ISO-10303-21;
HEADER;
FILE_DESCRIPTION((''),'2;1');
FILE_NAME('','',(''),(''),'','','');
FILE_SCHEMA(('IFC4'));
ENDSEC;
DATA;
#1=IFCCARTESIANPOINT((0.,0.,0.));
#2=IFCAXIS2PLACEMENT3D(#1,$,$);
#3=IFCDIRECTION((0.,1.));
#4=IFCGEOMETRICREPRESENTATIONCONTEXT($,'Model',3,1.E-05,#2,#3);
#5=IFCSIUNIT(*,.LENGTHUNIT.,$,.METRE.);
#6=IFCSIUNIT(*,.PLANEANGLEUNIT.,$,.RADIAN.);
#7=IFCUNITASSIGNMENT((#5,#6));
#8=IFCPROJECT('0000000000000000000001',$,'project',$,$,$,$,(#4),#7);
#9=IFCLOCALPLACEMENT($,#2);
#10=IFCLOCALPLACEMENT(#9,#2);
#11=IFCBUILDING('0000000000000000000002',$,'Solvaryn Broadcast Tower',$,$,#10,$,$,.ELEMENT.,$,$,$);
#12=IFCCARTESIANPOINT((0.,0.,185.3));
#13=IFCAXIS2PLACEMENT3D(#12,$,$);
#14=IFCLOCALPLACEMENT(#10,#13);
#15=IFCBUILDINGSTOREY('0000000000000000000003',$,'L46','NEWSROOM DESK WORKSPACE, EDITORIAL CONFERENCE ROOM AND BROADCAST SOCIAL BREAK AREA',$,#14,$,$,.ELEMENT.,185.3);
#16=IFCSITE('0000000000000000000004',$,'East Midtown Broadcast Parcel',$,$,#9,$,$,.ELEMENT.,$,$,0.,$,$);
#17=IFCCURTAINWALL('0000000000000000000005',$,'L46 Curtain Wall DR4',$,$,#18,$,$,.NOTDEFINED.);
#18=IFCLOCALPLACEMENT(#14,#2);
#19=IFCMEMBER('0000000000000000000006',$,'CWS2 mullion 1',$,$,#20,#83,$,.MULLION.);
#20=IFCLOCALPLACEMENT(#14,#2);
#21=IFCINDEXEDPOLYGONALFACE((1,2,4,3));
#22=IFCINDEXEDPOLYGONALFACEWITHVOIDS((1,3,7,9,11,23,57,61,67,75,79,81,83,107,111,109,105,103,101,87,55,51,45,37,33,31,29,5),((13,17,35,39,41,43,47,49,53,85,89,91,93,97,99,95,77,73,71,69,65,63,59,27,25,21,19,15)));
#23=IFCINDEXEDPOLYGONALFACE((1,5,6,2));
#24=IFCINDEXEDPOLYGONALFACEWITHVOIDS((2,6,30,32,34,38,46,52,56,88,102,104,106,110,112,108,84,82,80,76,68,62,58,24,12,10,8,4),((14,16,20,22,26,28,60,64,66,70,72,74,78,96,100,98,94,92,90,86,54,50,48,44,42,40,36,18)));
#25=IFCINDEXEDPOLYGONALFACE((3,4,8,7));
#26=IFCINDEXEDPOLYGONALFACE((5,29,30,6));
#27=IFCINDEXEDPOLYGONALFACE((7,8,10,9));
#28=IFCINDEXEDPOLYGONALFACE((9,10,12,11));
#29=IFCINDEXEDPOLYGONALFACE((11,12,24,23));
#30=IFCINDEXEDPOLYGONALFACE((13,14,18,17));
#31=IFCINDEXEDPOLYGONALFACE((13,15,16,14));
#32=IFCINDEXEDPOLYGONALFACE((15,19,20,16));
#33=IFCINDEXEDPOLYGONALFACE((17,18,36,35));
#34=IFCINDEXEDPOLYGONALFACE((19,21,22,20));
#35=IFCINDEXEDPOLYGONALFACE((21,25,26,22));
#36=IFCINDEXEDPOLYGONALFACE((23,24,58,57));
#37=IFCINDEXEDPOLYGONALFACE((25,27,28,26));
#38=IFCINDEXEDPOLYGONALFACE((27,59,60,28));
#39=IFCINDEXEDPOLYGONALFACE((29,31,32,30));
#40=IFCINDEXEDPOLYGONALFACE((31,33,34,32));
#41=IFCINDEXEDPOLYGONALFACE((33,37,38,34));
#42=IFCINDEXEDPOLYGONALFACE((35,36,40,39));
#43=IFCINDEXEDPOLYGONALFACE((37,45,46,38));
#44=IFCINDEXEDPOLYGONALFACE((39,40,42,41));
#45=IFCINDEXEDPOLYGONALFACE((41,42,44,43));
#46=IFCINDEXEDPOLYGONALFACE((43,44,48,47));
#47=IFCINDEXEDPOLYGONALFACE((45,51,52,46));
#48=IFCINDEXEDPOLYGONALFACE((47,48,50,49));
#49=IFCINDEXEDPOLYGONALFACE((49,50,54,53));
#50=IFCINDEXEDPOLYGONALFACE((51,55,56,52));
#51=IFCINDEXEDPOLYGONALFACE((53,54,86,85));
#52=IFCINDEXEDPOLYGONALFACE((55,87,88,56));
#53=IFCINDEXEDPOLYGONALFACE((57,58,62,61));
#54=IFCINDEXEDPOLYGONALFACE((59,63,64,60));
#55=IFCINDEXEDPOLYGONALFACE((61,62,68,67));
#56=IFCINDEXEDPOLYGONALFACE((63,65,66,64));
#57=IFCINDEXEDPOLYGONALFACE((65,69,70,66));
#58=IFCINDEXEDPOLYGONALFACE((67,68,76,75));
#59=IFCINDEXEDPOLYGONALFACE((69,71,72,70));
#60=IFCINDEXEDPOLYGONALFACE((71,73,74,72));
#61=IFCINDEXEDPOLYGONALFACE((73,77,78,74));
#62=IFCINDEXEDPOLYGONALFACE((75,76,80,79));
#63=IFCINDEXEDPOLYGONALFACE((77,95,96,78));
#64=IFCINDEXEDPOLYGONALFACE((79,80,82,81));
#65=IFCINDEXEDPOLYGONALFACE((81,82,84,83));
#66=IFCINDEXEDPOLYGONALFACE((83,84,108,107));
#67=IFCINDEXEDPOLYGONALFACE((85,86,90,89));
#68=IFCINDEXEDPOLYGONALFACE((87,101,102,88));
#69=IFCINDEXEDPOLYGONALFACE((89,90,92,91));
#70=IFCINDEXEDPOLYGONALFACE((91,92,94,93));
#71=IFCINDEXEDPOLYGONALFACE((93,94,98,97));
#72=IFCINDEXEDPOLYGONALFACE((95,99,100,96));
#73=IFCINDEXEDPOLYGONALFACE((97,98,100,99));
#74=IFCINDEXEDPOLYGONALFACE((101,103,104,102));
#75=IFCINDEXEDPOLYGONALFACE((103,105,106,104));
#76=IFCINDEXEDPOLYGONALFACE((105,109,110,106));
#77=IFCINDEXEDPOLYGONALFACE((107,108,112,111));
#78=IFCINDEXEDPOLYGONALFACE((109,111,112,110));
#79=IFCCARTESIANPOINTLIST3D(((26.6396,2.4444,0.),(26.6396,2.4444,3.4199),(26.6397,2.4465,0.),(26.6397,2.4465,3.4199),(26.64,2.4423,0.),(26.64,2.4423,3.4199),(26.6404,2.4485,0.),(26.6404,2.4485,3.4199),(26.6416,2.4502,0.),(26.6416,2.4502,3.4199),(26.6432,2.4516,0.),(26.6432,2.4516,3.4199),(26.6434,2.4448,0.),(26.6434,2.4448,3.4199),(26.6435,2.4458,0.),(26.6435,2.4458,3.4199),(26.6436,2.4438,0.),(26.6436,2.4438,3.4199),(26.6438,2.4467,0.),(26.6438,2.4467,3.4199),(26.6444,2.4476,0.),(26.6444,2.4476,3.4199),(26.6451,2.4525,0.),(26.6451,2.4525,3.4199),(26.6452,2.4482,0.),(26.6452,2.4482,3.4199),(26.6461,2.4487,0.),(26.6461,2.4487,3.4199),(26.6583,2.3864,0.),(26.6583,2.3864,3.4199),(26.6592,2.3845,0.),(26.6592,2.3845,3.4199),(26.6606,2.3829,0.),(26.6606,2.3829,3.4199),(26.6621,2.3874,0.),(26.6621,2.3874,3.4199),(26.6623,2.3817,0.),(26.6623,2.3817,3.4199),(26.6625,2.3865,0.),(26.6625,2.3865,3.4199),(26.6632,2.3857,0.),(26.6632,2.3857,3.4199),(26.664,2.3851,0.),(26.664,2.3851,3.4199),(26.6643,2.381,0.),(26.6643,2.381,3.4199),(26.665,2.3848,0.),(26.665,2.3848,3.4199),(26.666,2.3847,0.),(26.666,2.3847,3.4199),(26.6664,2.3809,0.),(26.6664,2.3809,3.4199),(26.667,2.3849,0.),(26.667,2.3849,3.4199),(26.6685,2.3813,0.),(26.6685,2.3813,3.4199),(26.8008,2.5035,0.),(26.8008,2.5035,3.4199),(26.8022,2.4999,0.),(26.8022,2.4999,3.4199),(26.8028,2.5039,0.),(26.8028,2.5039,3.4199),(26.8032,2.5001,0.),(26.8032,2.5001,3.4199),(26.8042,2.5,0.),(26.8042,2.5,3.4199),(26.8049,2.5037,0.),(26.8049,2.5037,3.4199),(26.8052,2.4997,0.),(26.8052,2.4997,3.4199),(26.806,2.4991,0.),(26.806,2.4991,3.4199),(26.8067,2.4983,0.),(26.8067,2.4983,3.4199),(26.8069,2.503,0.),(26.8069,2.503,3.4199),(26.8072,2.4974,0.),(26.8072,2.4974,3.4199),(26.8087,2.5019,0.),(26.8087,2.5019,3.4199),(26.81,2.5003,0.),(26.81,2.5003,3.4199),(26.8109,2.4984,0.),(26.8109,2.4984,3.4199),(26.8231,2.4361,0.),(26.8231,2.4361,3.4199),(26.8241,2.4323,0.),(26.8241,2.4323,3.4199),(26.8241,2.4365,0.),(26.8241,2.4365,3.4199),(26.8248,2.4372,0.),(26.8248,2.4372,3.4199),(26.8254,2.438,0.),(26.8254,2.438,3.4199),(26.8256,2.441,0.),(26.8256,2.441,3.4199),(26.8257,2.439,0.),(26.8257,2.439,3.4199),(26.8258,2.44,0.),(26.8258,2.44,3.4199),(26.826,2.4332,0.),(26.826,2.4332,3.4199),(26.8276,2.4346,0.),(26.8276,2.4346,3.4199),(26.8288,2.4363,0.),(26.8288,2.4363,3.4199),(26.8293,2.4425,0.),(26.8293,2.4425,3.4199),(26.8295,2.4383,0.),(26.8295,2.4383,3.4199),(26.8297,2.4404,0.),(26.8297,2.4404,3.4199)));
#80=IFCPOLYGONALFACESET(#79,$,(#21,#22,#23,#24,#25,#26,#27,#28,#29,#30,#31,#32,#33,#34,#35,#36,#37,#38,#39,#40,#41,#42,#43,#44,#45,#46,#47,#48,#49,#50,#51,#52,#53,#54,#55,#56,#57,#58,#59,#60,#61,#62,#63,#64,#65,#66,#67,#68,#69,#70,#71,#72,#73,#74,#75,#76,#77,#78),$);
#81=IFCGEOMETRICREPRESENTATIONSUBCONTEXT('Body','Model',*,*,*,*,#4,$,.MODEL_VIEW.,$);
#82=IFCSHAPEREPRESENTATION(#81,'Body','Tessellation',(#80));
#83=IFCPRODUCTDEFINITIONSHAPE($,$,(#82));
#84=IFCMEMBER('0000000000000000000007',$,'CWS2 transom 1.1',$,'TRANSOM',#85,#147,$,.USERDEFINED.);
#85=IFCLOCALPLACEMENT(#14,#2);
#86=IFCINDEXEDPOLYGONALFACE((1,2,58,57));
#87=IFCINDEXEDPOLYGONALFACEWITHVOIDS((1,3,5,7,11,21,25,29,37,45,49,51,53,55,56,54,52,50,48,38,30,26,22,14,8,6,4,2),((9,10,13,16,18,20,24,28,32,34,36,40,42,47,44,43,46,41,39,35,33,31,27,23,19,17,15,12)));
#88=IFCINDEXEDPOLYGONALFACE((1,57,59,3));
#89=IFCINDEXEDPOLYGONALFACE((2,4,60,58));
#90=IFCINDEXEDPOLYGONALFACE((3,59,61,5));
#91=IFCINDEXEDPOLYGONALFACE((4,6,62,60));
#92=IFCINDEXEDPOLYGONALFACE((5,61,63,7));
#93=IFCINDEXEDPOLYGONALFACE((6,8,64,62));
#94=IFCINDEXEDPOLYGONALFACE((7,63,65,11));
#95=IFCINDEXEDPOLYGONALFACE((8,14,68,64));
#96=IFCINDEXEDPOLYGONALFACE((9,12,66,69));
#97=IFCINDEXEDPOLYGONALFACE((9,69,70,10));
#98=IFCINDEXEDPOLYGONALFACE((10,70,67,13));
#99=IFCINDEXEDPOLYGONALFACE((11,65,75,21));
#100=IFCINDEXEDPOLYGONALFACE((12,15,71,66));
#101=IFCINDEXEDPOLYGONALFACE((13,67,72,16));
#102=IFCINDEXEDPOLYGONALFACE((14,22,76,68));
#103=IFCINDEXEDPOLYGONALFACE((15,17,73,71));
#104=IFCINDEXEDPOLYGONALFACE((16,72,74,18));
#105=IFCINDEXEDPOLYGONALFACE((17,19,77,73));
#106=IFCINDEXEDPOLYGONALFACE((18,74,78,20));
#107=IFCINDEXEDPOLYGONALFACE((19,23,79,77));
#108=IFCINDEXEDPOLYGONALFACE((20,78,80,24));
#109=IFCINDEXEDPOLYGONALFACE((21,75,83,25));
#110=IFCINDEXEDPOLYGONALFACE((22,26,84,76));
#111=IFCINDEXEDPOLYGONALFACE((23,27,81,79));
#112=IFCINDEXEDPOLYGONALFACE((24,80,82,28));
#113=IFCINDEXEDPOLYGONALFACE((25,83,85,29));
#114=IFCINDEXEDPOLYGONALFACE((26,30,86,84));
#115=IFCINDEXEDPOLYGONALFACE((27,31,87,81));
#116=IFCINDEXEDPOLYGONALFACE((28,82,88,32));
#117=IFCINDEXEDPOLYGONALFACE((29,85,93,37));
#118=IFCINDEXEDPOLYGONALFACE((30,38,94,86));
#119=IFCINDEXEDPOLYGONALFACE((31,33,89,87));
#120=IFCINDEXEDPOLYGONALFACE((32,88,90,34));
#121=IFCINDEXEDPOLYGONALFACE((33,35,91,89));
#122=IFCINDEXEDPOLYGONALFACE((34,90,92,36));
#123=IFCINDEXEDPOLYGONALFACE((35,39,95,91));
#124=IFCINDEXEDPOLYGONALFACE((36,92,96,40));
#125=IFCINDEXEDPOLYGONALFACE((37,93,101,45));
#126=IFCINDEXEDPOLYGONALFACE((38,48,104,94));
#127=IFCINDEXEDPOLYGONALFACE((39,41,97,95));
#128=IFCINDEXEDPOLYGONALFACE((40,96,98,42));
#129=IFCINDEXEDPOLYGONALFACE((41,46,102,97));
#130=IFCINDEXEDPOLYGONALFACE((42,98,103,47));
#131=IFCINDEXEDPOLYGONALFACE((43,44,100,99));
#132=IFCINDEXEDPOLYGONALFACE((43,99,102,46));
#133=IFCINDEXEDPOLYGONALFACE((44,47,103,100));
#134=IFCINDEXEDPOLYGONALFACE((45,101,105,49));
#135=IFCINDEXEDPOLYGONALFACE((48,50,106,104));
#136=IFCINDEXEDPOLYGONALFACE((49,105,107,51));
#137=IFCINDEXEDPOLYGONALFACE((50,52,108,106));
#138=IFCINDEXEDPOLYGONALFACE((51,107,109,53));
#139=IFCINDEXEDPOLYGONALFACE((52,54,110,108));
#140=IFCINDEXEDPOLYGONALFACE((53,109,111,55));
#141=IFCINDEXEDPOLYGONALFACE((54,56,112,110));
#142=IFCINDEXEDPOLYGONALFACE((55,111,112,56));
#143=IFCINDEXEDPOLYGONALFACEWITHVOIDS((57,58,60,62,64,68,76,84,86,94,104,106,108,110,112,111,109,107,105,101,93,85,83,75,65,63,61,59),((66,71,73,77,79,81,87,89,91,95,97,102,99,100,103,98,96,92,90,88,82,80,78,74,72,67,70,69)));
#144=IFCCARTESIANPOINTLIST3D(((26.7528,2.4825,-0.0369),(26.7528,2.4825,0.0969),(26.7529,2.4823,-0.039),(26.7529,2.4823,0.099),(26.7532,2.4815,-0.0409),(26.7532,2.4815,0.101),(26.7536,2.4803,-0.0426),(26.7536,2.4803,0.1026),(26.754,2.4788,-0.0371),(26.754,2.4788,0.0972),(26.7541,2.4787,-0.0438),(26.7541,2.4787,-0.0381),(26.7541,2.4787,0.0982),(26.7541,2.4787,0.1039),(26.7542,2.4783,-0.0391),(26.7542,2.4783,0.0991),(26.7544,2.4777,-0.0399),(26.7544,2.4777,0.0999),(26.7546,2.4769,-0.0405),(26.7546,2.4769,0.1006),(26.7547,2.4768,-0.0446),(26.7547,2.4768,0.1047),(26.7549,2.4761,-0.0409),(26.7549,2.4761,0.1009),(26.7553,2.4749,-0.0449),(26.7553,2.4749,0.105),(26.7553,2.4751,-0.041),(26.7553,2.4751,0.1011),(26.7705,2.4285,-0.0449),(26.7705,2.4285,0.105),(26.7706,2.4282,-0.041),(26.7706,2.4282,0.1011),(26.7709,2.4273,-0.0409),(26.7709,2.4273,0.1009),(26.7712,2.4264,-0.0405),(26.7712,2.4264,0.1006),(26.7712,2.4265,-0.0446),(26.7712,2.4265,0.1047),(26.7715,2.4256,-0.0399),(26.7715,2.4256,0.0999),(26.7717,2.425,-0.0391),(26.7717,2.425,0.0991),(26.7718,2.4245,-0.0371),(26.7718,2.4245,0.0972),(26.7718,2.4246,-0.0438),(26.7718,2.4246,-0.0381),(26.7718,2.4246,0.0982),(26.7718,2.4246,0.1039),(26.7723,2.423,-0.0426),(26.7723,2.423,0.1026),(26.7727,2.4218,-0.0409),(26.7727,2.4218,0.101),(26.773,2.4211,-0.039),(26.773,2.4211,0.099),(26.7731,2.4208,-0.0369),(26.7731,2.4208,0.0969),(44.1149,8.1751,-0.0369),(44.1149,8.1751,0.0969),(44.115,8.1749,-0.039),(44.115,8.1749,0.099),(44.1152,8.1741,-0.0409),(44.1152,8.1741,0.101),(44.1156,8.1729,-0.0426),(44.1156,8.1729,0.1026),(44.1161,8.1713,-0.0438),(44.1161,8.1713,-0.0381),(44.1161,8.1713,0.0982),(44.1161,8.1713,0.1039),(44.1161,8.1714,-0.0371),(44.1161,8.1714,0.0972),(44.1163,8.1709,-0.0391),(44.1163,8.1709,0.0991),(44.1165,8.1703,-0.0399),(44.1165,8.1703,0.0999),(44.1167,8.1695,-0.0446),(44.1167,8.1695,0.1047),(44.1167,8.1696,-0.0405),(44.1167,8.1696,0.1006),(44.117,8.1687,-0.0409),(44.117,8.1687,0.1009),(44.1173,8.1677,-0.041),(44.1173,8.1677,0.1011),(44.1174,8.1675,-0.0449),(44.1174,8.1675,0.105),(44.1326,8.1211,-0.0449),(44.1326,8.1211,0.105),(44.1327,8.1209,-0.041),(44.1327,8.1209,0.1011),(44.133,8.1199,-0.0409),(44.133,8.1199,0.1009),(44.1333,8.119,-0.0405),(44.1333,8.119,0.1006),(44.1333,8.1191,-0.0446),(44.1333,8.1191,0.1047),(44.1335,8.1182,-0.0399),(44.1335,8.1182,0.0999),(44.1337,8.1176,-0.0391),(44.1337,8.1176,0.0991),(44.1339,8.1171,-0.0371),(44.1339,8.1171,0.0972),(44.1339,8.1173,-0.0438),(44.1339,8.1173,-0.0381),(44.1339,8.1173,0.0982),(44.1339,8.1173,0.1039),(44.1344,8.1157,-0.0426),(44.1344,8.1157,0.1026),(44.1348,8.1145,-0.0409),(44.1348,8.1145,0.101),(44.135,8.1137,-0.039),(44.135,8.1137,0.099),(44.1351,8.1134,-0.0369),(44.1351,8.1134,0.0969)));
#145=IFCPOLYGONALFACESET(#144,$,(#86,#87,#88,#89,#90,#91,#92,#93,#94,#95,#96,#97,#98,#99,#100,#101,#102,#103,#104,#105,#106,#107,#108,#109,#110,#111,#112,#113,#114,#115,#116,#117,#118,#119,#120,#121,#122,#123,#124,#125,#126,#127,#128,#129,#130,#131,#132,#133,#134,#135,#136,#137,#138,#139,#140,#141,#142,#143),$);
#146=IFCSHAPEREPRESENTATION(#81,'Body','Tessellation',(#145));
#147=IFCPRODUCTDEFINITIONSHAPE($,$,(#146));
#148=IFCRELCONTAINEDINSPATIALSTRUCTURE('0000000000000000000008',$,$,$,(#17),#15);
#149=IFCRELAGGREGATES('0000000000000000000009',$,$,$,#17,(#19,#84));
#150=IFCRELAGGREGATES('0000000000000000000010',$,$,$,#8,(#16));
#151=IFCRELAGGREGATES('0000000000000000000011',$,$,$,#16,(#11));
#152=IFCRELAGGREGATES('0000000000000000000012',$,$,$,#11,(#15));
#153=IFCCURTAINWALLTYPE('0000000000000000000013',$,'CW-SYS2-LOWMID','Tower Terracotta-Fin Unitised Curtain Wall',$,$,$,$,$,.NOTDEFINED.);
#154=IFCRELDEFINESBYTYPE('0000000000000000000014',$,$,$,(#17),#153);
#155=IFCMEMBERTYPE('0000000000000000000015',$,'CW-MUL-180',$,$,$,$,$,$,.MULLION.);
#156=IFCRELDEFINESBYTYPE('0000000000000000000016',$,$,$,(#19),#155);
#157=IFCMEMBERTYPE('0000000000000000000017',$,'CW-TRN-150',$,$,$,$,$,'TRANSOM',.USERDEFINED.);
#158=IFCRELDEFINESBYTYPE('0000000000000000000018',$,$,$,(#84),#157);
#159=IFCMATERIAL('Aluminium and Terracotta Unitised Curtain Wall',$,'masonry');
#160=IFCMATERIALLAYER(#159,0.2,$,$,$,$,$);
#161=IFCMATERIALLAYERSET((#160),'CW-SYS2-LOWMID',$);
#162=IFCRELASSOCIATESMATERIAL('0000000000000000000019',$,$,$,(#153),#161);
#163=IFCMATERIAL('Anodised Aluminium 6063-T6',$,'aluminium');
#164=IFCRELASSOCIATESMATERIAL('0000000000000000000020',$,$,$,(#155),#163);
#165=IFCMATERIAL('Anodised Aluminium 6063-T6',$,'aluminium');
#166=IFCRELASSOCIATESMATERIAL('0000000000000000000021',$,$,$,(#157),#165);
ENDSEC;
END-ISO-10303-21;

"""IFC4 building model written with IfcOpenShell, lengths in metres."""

from ifc_helpers import new_model, si_unit, direction, frame, origin, origin_2d, place, context, subcontext, project, spatial, hollow_rectangle, extrude, material, layer, layer_set, material_profile, profile_set, type_object, element, aggregate, save


model = new_model("IFC4")

# Units and contexts
model_context = context("Model", 3, precision=1e-05, world=origin(), true_north=direction((0.0, 1.0)))
body_context = subcontext(model_context, "Body", "Model", "MODEL_VIEW")
ifc_project = project(units=[si_unit("LENGTHUNIT", "METRE"), si_unit("PLANEANGLEUNIT", "RADIAN")], contexts=[model_context])

# Site, building, storey
site_placement = place(None, origin())
site = spatial("IfcSite", under=ifc_project, at=site_placement, Name="East Midtown Broadcast Parcel", CompositionType="ELEMENT", RefElevation=0.0)
building_placement = place(site_placement, origin())
building = spatial("IfcBuilding", under=site, at=building_placement, Name="Solvaryn Broadcast Tower", CompositionType="ELEMENT")
storey_placement = place(building_placement, frame((0.0, 0.0, 185.3)))
storey = spatial("IfcBuildingStorey", under=building, at=storey_placement, Name="L46", Description="NEWSROOM DESK WORKSPACE, EDITORIAL CONFERENCE ROOM AND BROADCAST SOCIAL BREAK AREA", CompositionType="ELEMENT", Elevation=185.3)

# Shared definitions
ifc_material_1 = material(Name="Aluminium and Terracotta Unitised Curtain Wall", Category="masonry")
ifc_layer_1 = layer(ifc_material_1, 0.2)
ifc_layer_set_1 = layer_set([ifc_layer_1], Name="CW-SYS2-LOWMID")
curtain_wall_type = type_object("IfcCurtainWallType", Name="CW-SYS2-LOWMID", Description="Tower Terracotta-Fin Unitised Curtain Wall", PredefinedType="NOTDEFINED", material=ifc_layer_set_1)
ifc_material_2 = material(Name="Anodised Aluminium 6063-T6", Category="aluminium")
ifc_material_profile_1 = material_profile(ifc_material_2, hollow_rectangle(XDim=0.075, YDim=0.1799, WallThickness=0.0039, InnerFilletRadius=0.0039, OuterFilletRadius=0.0081, at=origin_2d()))
ifc_profile_set_1 = profile_set([ifc_material_profile_1], Name="Anodised Aluminium 6063-T6")
member_type_1 = type_object("IfcMemberType", Name="CW-MUL-180", PredefinedType="MULLION", material=ifc_profile_set_1)

# Curtain wall, members
curtain_wall_1_placement = place(storey_placement, origin())
curtain_wall_1 = element("IfcCurtainWall", 1, at=curtain_wall_1_placement, inside=storey, type_object=curtain_wall_type, Name="L46 Curtain Wall DR4", PredefinedType="NOTDEFINED")
member_1_placement = place(storey_placement, frame((26.7346, 2.4424, 0.0), z_axis=(0.0, 0.0, 1.0), x_axis=(-0.311559, 0.950227, 0.0)))
member_1 = element("IfcMember", 2, at=member_1_placement, type_object=member_type_1, Name="CWS2 mullion 1", PredefinedType="MULLION", context=body_context, shape_type="SweptSolid", body=[
    extrude(hollow_rectangle(XDim=0.075, YDim=0.1799, WallThickness=0.0039, InnerFilletRadius=0.0039, OuterFilletRadius=0.0081, at=origin_2d()), origin(), (0.0, 0.0, 1.0), 3.4199),
])
ifc_material_3 = material(Name="Anodised Aluminium 6063-T6", Category="aluminium")
ifc_material_profile_2 = material_profile(ifc_material_3, hollow_rectangle(XDim=0.0649, YDim=0.1499, WallThickness=0.0039, InnerFilletRadius=0.0039, OuterFilletRadius=0.0081, at=origin_2d()))
ifc_profile_set_2 = profile_set([ifc_material_profile_2], Name="Anodised Aluminium 6063-T6")
member_type_2 = type_object("IfcMemberType", Name="CW-TRN-150", ElementType="TRANSOM", PredefinedType="USERDEFINED", material=ifc_profile_set_2)
member_2_placement = place(storey_placement, frame((26.7629, 2.4517, 0.03), z_axis=(0.950227, 0.311558, 0.0), x_axis=(-0.311558, 0.950227, 0.0)))
member_2 = element("IfcMember", 3, at=member_2_placement, type_object=member_type_2, Name="CWS2 transom 1.1", ObjectType="TRANSOM", PredefinedType="USERDEFINED", context=body_context, shape_type="SweptSolid", body=[
    extrude(hollow_rectangle(XDim=0.0649, YDim=0.1499, WallThickness=0.0039, InnerFilletRadius=0.0039, OuterFilletRadius=0.0081, at=origin_2d()), origin(), (0.0, 0.0, 1.0), 18.2715),
])
aggregate(curtain_wall_1, [member_1, member_2])

save(model, "model.ifc")
